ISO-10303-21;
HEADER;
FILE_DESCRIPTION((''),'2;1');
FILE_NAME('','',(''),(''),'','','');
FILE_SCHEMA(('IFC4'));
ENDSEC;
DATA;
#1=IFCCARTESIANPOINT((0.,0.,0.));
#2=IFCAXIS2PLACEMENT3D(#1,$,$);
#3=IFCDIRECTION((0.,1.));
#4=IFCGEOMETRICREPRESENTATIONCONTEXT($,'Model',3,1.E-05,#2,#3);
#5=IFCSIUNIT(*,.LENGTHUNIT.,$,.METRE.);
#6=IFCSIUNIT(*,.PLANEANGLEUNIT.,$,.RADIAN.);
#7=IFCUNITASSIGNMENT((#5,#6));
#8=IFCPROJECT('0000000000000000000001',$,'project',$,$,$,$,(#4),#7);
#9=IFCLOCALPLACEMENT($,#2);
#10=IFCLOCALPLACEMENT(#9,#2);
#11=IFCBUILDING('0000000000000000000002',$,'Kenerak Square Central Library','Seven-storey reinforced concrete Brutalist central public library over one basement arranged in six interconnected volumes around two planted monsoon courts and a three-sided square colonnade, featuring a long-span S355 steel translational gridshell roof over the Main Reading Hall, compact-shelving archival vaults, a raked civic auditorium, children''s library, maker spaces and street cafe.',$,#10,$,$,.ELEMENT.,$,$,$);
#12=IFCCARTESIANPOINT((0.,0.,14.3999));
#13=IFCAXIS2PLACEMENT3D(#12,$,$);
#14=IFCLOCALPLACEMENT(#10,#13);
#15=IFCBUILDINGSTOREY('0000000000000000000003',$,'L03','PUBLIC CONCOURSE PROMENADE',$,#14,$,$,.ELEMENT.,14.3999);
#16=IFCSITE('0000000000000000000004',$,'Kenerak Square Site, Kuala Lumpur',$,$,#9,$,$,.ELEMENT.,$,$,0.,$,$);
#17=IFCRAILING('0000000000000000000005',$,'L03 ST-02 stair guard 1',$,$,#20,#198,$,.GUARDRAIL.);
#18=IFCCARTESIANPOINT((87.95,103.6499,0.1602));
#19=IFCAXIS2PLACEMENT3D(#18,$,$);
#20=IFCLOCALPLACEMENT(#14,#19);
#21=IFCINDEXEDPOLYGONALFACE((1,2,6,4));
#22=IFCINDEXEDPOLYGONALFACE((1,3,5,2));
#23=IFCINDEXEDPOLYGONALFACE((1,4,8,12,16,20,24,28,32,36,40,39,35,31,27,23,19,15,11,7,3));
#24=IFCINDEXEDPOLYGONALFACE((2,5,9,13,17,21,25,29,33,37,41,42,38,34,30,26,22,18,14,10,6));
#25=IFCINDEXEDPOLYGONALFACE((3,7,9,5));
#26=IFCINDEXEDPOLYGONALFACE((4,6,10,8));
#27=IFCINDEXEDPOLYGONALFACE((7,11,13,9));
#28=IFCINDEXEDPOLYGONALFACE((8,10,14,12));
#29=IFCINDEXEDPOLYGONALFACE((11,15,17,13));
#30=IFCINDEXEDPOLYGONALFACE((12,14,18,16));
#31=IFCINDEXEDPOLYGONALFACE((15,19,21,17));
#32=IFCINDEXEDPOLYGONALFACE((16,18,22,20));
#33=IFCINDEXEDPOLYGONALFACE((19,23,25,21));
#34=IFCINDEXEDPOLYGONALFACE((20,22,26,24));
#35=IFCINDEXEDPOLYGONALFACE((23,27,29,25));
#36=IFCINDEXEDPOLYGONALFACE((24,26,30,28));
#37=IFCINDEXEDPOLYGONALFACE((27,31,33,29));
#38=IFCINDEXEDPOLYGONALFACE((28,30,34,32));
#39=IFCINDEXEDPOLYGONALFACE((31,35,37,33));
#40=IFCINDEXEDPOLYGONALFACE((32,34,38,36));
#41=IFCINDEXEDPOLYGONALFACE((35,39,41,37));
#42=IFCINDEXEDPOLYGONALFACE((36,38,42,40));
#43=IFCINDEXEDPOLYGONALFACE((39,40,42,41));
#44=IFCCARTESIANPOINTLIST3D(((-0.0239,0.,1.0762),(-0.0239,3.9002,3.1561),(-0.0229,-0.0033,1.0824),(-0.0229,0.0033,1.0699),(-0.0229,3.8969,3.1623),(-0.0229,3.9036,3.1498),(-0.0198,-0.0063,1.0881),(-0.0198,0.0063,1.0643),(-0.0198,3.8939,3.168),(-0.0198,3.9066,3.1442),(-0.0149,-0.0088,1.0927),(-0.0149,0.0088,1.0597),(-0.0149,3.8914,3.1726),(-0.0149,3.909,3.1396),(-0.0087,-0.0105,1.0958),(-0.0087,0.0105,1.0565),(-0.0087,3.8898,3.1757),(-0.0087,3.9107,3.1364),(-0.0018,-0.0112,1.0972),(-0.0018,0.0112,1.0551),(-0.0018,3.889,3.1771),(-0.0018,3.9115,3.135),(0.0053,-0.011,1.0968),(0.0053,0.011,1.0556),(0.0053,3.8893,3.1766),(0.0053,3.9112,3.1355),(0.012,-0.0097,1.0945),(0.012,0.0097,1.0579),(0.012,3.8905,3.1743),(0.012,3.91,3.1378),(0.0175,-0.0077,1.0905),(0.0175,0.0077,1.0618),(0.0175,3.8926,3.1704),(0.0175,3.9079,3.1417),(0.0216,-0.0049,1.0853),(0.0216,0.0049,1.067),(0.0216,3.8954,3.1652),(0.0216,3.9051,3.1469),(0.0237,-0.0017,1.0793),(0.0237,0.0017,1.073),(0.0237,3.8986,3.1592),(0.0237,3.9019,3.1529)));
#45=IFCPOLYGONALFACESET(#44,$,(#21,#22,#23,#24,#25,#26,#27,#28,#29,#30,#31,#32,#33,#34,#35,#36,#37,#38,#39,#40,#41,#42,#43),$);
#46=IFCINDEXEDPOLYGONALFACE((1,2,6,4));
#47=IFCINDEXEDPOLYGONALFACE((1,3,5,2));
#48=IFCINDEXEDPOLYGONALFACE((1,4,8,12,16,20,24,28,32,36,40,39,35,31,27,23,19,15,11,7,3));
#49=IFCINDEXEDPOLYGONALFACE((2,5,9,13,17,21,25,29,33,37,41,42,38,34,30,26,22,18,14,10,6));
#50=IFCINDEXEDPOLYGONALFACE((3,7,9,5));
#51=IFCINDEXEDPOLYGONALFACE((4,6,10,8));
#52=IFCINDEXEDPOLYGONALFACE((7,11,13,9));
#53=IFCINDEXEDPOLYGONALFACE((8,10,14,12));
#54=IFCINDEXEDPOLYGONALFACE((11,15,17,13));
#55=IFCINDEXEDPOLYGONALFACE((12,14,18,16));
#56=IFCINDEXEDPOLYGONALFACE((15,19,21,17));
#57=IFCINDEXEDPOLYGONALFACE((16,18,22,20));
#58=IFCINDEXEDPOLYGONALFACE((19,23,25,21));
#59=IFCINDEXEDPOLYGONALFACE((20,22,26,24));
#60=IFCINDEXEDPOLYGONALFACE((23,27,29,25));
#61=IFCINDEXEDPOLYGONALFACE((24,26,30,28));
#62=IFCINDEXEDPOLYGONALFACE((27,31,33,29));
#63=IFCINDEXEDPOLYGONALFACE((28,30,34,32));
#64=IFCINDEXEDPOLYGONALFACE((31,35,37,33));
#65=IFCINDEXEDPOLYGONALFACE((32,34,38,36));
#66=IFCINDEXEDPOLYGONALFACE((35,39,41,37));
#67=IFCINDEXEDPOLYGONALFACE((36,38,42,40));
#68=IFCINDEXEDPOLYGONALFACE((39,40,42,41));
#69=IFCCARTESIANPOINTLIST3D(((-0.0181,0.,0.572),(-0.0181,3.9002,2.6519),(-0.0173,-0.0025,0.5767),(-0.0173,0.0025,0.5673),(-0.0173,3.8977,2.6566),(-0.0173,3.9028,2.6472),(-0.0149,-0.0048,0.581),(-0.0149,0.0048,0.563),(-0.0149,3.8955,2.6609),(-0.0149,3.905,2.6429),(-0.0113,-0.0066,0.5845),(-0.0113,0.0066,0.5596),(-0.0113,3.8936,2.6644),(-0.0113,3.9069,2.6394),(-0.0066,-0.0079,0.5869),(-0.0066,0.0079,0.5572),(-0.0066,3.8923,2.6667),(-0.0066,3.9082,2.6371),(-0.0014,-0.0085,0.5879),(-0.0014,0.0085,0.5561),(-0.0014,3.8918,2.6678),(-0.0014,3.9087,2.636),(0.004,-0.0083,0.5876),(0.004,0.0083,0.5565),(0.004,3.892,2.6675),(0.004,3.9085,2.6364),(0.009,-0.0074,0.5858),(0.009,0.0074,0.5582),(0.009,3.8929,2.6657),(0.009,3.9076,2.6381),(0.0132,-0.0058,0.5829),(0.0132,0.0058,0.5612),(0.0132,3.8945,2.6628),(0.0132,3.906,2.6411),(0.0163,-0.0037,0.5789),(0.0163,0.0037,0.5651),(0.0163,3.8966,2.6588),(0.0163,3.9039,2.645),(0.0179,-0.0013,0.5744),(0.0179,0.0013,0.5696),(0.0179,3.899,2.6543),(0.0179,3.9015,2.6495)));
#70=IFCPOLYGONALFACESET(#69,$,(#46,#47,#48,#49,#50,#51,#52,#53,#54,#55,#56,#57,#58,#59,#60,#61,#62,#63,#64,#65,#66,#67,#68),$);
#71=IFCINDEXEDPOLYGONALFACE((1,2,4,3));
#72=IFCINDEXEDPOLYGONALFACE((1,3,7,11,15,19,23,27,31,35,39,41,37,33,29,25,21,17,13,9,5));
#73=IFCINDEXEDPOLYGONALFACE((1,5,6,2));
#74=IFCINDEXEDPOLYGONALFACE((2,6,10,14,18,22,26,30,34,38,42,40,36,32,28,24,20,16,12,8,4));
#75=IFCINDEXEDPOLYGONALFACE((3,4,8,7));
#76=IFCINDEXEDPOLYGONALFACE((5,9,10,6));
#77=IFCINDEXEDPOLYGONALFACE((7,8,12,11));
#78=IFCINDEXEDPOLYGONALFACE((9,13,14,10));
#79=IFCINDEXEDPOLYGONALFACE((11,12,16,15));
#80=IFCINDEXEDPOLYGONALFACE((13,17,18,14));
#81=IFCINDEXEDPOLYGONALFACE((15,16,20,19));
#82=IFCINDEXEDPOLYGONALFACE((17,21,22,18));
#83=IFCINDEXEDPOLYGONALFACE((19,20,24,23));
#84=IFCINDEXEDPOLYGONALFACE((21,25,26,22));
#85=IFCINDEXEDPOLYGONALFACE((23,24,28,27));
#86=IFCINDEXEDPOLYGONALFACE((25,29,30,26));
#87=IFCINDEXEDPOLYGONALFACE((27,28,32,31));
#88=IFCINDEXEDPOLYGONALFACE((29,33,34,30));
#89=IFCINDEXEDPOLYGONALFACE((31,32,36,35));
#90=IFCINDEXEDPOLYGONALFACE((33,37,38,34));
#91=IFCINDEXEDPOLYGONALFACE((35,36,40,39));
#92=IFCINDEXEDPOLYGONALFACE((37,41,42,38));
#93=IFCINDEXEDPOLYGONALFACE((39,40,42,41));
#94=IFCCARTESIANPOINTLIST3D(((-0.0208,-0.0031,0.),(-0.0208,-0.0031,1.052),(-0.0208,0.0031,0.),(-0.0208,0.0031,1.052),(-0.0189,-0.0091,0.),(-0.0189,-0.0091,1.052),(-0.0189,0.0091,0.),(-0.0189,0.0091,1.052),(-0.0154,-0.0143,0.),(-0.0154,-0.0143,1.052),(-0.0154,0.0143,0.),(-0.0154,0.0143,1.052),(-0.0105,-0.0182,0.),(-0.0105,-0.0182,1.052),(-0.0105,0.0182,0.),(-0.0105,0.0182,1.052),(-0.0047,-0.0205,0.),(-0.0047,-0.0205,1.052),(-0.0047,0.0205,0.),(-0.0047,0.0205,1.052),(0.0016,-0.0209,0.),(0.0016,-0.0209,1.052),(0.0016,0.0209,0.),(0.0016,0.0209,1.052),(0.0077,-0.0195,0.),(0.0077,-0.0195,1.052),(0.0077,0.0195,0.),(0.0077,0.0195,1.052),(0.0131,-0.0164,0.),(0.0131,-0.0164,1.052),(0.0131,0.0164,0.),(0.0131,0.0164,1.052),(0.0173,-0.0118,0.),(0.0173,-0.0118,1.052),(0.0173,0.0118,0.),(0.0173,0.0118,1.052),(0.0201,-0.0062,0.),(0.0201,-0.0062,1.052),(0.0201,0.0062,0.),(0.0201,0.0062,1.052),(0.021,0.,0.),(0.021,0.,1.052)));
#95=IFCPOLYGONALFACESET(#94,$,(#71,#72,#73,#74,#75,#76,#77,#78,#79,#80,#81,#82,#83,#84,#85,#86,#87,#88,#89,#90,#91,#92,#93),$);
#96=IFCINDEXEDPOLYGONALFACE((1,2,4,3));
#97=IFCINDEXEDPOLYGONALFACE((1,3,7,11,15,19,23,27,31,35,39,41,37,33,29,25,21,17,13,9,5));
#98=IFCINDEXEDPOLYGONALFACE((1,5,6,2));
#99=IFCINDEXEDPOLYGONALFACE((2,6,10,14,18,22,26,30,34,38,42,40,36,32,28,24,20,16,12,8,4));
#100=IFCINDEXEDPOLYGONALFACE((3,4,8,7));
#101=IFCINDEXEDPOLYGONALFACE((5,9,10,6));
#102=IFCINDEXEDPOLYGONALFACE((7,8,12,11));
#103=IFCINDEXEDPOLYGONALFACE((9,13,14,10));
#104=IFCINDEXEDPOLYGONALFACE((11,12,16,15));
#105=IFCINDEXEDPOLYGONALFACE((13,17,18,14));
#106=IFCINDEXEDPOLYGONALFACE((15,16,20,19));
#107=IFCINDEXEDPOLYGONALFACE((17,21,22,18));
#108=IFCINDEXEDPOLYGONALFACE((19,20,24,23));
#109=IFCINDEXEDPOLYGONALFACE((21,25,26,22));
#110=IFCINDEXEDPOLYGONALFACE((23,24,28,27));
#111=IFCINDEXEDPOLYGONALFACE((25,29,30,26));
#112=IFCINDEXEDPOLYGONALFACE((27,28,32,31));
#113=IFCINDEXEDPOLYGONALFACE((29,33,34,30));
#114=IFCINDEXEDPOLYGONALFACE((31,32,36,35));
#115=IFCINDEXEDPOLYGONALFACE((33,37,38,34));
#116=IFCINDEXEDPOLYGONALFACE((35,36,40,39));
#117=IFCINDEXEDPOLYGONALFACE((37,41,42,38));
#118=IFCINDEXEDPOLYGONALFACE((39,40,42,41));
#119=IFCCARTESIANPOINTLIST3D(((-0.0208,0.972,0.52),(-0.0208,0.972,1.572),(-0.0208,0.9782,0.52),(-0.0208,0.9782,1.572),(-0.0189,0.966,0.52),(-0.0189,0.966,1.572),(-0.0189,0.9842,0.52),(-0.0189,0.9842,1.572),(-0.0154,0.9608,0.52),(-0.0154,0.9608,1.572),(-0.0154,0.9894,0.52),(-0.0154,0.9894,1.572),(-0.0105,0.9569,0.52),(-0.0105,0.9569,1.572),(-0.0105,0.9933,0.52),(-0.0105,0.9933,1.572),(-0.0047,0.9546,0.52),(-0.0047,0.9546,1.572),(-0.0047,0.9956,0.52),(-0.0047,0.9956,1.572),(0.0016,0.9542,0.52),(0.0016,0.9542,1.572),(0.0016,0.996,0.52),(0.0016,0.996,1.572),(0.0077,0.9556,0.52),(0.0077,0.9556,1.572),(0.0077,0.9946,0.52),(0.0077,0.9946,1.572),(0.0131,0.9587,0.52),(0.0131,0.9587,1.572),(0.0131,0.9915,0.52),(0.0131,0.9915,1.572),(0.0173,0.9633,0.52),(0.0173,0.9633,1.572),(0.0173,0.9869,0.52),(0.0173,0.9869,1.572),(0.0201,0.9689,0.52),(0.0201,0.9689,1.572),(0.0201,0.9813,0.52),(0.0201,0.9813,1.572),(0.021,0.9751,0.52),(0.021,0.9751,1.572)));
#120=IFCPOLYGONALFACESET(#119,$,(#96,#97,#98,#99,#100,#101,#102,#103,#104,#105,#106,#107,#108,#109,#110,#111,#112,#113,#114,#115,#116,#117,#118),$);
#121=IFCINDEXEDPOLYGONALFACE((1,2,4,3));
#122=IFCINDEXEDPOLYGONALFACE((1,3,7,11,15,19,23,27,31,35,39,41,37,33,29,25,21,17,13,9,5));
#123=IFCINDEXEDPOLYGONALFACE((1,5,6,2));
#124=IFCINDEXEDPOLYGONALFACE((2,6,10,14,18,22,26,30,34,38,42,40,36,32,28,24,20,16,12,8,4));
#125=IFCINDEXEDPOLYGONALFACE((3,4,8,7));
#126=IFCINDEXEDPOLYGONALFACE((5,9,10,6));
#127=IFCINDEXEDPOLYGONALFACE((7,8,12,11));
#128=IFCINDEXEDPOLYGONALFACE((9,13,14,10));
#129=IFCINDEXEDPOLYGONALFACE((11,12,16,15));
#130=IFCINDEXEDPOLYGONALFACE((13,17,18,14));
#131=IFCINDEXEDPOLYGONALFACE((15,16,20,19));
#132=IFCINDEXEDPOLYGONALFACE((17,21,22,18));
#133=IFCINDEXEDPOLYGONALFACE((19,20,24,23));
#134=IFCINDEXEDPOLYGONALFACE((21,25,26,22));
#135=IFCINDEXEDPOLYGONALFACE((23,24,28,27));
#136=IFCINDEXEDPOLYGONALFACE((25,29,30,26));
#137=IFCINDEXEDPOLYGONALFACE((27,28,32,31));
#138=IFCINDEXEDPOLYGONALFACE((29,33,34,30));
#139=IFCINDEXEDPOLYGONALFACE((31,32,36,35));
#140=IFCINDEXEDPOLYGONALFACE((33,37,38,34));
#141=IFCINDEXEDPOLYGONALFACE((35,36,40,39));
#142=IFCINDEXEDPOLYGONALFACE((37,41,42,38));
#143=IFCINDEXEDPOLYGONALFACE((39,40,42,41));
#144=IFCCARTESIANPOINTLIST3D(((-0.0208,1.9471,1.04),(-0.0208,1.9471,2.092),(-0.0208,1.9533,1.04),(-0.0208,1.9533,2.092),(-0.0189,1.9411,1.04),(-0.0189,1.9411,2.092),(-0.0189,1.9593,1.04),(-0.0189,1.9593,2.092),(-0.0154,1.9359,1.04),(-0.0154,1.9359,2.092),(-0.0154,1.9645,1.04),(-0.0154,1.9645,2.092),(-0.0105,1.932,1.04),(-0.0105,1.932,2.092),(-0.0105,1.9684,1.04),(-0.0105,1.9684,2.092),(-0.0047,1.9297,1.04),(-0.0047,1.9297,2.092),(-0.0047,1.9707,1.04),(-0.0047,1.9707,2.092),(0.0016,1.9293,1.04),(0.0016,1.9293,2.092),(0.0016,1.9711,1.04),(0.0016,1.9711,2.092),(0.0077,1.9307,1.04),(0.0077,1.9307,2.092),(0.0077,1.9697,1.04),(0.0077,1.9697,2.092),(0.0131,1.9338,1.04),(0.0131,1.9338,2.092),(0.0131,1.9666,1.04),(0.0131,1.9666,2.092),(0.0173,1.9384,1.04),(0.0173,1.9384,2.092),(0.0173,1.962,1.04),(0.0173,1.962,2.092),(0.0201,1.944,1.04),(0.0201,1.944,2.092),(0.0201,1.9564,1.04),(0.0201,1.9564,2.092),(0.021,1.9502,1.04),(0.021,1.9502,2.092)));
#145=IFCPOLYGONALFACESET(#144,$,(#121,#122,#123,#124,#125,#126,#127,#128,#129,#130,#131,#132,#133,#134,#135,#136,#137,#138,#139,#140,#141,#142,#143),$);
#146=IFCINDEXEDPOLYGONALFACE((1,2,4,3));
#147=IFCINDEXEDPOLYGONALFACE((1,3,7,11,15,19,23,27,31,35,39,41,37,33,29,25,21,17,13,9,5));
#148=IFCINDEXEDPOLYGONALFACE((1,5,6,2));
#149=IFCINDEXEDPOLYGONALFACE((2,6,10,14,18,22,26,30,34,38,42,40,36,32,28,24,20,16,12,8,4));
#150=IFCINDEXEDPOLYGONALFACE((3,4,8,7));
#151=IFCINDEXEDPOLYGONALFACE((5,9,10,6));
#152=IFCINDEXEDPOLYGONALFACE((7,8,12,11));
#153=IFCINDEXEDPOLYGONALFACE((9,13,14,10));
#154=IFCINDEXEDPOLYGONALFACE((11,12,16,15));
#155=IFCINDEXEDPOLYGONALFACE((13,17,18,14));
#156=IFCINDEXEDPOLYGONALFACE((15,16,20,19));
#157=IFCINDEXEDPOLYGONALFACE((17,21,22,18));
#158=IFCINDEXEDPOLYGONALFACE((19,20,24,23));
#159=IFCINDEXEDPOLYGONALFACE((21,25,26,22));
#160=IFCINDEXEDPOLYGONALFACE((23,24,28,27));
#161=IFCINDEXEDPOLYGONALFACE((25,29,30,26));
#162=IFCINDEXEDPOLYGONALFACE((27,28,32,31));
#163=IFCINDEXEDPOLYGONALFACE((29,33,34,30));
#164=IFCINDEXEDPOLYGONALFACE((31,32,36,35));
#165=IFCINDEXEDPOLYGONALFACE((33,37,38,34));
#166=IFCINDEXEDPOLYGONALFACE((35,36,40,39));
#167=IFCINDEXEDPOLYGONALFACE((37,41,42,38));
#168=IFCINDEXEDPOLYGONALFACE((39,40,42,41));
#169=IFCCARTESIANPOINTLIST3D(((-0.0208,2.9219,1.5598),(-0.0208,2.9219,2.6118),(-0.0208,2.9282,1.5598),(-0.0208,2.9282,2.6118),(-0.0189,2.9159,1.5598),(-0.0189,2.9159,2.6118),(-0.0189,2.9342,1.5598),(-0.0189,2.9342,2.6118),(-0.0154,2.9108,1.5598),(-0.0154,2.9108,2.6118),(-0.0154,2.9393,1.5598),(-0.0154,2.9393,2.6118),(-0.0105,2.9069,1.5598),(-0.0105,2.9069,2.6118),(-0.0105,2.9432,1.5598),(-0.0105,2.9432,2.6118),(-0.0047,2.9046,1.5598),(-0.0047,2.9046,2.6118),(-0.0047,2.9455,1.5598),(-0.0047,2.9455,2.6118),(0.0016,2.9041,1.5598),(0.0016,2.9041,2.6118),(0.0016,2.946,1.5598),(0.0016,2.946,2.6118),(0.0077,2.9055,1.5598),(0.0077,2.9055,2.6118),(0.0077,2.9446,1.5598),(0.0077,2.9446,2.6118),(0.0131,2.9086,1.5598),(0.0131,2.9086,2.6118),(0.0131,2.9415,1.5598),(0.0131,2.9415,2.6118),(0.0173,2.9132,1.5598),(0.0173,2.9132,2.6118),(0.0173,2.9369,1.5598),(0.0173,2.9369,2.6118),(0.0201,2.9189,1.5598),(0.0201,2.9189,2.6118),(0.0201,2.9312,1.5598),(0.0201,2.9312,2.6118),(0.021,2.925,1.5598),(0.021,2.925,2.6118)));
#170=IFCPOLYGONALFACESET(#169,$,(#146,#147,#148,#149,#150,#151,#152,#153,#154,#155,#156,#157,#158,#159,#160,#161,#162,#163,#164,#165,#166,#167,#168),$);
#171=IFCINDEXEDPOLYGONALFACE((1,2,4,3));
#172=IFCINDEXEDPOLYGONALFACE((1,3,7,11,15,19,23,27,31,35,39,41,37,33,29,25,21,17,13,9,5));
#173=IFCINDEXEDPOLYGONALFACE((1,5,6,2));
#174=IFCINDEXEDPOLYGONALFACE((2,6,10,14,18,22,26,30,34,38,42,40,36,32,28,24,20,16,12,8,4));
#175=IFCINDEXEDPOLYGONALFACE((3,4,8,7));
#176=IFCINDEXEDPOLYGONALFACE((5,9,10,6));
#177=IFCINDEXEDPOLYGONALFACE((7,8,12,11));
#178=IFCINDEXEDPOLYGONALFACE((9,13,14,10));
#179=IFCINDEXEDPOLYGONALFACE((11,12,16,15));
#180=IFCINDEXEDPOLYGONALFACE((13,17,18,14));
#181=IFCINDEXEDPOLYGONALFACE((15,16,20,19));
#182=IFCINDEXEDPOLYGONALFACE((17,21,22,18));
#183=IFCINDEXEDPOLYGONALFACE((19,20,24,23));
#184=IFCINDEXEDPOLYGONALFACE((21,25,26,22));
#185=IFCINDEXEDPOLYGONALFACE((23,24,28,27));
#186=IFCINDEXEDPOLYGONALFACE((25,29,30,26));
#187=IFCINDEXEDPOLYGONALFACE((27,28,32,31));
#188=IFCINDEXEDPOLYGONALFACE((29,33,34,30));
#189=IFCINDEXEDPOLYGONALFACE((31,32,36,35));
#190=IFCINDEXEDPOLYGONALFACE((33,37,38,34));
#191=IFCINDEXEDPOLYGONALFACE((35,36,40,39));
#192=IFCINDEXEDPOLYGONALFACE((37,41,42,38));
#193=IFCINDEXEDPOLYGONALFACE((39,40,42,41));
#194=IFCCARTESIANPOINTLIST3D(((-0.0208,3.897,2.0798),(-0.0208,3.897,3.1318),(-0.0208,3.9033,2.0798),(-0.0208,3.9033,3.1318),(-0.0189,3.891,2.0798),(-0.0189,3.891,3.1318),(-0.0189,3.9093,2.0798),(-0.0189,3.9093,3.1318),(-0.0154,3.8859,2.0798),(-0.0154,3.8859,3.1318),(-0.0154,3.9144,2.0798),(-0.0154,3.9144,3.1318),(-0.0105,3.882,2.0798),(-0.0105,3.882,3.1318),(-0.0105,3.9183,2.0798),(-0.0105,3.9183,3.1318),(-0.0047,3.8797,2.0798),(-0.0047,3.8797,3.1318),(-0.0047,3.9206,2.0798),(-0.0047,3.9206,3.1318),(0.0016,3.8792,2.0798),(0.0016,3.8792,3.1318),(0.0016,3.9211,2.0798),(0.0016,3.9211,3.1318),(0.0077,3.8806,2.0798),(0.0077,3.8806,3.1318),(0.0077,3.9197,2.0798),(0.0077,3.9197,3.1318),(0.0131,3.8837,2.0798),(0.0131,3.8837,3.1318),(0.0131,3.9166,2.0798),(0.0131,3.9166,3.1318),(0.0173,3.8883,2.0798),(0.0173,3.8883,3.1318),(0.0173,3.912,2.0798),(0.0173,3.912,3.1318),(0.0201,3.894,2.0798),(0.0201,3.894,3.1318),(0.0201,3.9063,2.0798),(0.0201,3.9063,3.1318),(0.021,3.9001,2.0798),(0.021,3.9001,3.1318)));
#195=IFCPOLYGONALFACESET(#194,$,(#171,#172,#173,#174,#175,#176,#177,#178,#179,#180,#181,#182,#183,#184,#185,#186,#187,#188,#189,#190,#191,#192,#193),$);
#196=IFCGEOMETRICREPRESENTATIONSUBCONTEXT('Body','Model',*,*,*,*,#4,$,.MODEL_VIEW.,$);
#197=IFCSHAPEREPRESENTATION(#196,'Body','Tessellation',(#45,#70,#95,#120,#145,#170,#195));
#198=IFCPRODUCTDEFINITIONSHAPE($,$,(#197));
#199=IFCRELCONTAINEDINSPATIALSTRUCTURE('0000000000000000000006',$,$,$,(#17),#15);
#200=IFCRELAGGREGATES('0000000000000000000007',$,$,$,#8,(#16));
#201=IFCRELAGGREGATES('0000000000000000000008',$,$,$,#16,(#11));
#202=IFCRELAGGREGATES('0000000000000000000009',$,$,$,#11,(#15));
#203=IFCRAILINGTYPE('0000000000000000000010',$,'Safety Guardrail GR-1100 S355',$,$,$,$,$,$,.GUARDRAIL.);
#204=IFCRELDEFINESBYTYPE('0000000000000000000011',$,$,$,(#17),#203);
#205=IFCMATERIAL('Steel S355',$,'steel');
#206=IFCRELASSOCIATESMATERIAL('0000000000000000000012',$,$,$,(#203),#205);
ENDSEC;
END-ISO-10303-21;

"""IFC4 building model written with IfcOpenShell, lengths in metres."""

from ifc_helpers import new_model, si_unit, direction, frame, origin, origin_2d, place, context, subcontext, project, spatial, circle, extrude, material, type_object, element, save


model = new_model("IFC4")

# Units and contexts
model_context = context("Model", 3, precision=1e-05, world=origin(), true_north=direction((0.0, 1.0)))
body_context = subcontext(model_context, "Body", "Model", "MODEL_VIEW")
ifc_project = project(units=[si_unit("LENGTHUNIT", "METRE"), si_unit("PLANEANGLEUNIT", "RADIAN")], contexts=[model_context])

# Site, building, storey
site_placement = place(None, origin())
site = spatial("IfcSite", under=ifc_project, at=site_placement, Name="Kenerak Square Site, Kuala Lumpur", CompositionType="ELEMENT", RefElevation=0.0)
building_placement = place(site_placement, origin())
building = spatial("IfcBuilding", under=site, at=building_placement, Name="Kenerak Square Central Library", Description="Seven-storey reinforced concrete Brutalist central public library over one basement arranged in six interconnected volumes around two planted monsoon courts and a three-sided square colonnade, featuring a long-span S355 steel translational gridshell roof over the Main Reading Hall, compact-shelving archival vaults, a raked civic auditorium, children's library, maker spaces and street cafe.", CompositionType="ELEMENT")
storey_placement = place(building_placement, frame((0.0, 0.0, 14.3999)))
storey = spatial("IfcBuildingStorey", under=building, at=storey_placement, Name="L03", Description="PUBLIC CONCOURSE PROMENADE", CompositionType="ELEMENT", Elevation=14.3999)

# Shared definitions
ifc_material_1 = material(Name="Steel S355", Category="steel")

# Railing
railing_type_1 = type_object("IfcRailingType", Name="Safety Guardrail GR-1100 S355", PredefinedType="GUARDRAIL", material=ifc_material_1)
railing_1_placement = place(storey_placement, frame((87.95, 103.6499, 0.1602)))
element("IfcRailing", 1, at=railing_1_placement, inside=storey, type_object=railing_type_1, Name="L03 ST-02 stair guard 1", PredefinedType="GUARDRAIL", context=body_context, shape_type="SweptSolid", body=[
    extrude(circle(Radius=0.0239, at=origin_2d()), frame((0.0, 0.0, 1.0762), z_axis=(0.0, 0.882376, 0.470545), x_axis=(-1.0, 0.0, 0.0)), (0.0, 0.0, 1.0), 4.4202),
    extrude(circle(Radius=0.0181, at=origin_2d()), frame((0.0, 0.0, 0.572), z_axis=(0.0, 0.882376, 0.470545), x_axis=(-1.0, 0.0, 0.0)), (0.0, 0.0, 1.0), 4.4202),
    extrude(circle(Radius=0.021, at=origin_2d()), origin(), (0.0, 0.0, 1.0), 1.052),
    extrude(circle(Radius=0.021, at=origin_2d()), frame((0.0, 0.9751, 0.52)), (0.0, 0.0, 1.0), 1.052),
    extrude(circle(Radius=0.021, at=origin_2d()), frame((0.0, 1.9502, 1.04)), (0.0, 0.0, 1.0), 1.052),
    extrude(circle(Radius=0.021, at=origin_2d()), frame((0.0, 2.925, 1.5598)), (0.0, 0.0, 1.0), 1.052),
    extrude(circle(Radius=0.021, at=origin_2d()), frame((0.0, 3.9001, 2.0798)), (0.0, 0.0, 1.0), 1.052),
])

save(model, "model.ifc")
